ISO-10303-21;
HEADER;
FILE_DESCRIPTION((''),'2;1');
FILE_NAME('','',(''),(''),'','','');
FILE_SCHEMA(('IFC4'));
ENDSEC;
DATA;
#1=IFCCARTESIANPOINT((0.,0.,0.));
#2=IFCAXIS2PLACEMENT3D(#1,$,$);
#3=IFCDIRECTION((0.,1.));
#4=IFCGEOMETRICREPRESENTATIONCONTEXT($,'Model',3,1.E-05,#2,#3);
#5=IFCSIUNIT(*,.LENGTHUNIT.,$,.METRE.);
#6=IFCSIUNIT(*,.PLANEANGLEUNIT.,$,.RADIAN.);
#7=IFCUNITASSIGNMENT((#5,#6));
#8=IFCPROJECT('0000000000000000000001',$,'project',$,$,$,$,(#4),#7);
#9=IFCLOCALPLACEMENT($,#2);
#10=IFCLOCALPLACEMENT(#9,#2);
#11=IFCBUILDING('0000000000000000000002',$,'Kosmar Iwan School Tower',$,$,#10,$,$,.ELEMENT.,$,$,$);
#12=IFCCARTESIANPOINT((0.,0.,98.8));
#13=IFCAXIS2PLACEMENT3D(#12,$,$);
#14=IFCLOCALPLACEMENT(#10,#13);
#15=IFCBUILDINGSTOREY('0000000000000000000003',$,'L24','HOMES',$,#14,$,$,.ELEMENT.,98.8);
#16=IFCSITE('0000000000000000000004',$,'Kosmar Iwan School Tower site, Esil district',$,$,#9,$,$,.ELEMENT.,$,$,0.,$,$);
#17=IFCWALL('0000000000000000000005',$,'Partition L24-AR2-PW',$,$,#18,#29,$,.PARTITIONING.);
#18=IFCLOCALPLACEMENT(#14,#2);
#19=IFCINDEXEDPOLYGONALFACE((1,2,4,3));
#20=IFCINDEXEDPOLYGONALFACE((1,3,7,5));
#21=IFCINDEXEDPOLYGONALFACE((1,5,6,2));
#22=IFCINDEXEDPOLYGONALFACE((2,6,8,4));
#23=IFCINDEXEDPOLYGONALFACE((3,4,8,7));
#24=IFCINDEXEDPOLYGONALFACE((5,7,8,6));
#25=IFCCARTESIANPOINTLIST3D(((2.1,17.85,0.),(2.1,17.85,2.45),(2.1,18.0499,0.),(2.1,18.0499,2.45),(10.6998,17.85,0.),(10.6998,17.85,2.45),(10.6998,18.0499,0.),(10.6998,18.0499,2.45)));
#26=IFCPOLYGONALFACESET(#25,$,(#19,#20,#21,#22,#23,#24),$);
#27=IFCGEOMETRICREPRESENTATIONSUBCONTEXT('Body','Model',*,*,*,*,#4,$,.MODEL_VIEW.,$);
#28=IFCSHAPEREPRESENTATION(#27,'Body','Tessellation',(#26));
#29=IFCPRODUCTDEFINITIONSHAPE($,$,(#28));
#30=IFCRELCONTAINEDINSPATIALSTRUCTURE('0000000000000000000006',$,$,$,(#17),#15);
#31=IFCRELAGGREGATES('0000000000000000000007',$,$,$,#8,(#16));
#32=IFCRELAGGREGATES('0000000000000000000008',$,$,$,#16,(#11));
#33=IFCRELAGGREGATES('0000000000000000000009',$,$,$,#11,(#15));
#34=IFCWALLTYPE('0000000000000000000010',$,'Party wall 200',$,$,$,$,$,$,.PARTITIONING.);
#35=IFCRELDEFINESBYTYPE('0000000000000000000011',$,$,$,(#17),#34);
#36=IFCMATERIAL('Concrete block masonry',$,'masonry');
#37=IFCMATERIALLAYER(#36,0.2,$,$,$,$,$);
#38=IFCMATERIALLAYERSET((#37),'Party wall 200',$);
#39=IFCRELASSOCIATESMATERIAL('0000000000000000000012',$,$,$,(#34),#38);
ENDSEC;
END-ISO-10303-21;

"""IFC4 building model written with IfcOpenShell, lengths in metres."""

from ifc_helpers import new_model, si_unit, direction, frame, frame_2d, origin, place, context, subcontext, project, spatial, rectangle, extrude, material, layer, layer_set, type_object, element, save


model = new_model("IFC4")

# Units and contexts
model_context = context("Model", 3, precision=1e-05, world=origin(), true_north=direction((0.0, 1.0)))
body_context = subcontext(model_context, "Body", "Model", "MODEL_VIEW")
ifc_project = project(units=[si_unit("LENGTHUNIT", "METRE"), si_unit("PLANEANGLEUNIT", "RADIAN")], contexts=[model_context])

# Site, building, storey
site_placement = place(None, origin())
site = spatial("IfcSite", under=ifc_project, at=site_placement, Name="Kosmar Iwan School Tower site, Esil district", CompositionType="ELEMENT", RefElevation=0.0)
building_placement = place(site_placement, origin())
building = spatial("IfcBuilding", under=site, at=building_placement, Name="Kosmar Iwan School Tower", CompositionType="ELEMENT")
storey_placement = place(building_placement, frame((0.0, 0.0, 98.8)))
storey = spatial("IfcBuildingStorey", under=building, at=storey_placement, Name="L24", Description="HOMES", CompositionType="ELEMENT", Elevation=98.8)

# Wall
ifc_material_1 = material(Name="Concrete block masonry", Category="masonry")
ifc_layer_1 = layer(ifc_material_1, 0.2)
ifc_layer_set_1 = layer_set([ifc_layer_1], Name="Party wall 200")
wall_type_1 = type_object("IfcWallType", Name="Party wall 200", PredefinedType="PARTITIONING", material=ifc_layer_set_1)
wall_1_placement = place(storey_placement, frame((2.1001, 17.95, 0.0), z_axis=(0.0, 0.0, 1.0), x_axis=(1.0, 0.0, 0.0)))
element("IfcWall", 1, at=wall_1_placement, inside=storey, type_object=wall_type_1, Name="Partition L24-AR2-PW", PredefinedType="PARTITIONING", context=body_context, shape_type="SweptSolid", body=[
    extrude(rectangle(XDim=8.5999, YDim=0.2, at=frame_2d((4.2998, 0.0))), origin(), (0.0, 0.0, 1.0), 2.45),
])

save(model, "model.ifc")
